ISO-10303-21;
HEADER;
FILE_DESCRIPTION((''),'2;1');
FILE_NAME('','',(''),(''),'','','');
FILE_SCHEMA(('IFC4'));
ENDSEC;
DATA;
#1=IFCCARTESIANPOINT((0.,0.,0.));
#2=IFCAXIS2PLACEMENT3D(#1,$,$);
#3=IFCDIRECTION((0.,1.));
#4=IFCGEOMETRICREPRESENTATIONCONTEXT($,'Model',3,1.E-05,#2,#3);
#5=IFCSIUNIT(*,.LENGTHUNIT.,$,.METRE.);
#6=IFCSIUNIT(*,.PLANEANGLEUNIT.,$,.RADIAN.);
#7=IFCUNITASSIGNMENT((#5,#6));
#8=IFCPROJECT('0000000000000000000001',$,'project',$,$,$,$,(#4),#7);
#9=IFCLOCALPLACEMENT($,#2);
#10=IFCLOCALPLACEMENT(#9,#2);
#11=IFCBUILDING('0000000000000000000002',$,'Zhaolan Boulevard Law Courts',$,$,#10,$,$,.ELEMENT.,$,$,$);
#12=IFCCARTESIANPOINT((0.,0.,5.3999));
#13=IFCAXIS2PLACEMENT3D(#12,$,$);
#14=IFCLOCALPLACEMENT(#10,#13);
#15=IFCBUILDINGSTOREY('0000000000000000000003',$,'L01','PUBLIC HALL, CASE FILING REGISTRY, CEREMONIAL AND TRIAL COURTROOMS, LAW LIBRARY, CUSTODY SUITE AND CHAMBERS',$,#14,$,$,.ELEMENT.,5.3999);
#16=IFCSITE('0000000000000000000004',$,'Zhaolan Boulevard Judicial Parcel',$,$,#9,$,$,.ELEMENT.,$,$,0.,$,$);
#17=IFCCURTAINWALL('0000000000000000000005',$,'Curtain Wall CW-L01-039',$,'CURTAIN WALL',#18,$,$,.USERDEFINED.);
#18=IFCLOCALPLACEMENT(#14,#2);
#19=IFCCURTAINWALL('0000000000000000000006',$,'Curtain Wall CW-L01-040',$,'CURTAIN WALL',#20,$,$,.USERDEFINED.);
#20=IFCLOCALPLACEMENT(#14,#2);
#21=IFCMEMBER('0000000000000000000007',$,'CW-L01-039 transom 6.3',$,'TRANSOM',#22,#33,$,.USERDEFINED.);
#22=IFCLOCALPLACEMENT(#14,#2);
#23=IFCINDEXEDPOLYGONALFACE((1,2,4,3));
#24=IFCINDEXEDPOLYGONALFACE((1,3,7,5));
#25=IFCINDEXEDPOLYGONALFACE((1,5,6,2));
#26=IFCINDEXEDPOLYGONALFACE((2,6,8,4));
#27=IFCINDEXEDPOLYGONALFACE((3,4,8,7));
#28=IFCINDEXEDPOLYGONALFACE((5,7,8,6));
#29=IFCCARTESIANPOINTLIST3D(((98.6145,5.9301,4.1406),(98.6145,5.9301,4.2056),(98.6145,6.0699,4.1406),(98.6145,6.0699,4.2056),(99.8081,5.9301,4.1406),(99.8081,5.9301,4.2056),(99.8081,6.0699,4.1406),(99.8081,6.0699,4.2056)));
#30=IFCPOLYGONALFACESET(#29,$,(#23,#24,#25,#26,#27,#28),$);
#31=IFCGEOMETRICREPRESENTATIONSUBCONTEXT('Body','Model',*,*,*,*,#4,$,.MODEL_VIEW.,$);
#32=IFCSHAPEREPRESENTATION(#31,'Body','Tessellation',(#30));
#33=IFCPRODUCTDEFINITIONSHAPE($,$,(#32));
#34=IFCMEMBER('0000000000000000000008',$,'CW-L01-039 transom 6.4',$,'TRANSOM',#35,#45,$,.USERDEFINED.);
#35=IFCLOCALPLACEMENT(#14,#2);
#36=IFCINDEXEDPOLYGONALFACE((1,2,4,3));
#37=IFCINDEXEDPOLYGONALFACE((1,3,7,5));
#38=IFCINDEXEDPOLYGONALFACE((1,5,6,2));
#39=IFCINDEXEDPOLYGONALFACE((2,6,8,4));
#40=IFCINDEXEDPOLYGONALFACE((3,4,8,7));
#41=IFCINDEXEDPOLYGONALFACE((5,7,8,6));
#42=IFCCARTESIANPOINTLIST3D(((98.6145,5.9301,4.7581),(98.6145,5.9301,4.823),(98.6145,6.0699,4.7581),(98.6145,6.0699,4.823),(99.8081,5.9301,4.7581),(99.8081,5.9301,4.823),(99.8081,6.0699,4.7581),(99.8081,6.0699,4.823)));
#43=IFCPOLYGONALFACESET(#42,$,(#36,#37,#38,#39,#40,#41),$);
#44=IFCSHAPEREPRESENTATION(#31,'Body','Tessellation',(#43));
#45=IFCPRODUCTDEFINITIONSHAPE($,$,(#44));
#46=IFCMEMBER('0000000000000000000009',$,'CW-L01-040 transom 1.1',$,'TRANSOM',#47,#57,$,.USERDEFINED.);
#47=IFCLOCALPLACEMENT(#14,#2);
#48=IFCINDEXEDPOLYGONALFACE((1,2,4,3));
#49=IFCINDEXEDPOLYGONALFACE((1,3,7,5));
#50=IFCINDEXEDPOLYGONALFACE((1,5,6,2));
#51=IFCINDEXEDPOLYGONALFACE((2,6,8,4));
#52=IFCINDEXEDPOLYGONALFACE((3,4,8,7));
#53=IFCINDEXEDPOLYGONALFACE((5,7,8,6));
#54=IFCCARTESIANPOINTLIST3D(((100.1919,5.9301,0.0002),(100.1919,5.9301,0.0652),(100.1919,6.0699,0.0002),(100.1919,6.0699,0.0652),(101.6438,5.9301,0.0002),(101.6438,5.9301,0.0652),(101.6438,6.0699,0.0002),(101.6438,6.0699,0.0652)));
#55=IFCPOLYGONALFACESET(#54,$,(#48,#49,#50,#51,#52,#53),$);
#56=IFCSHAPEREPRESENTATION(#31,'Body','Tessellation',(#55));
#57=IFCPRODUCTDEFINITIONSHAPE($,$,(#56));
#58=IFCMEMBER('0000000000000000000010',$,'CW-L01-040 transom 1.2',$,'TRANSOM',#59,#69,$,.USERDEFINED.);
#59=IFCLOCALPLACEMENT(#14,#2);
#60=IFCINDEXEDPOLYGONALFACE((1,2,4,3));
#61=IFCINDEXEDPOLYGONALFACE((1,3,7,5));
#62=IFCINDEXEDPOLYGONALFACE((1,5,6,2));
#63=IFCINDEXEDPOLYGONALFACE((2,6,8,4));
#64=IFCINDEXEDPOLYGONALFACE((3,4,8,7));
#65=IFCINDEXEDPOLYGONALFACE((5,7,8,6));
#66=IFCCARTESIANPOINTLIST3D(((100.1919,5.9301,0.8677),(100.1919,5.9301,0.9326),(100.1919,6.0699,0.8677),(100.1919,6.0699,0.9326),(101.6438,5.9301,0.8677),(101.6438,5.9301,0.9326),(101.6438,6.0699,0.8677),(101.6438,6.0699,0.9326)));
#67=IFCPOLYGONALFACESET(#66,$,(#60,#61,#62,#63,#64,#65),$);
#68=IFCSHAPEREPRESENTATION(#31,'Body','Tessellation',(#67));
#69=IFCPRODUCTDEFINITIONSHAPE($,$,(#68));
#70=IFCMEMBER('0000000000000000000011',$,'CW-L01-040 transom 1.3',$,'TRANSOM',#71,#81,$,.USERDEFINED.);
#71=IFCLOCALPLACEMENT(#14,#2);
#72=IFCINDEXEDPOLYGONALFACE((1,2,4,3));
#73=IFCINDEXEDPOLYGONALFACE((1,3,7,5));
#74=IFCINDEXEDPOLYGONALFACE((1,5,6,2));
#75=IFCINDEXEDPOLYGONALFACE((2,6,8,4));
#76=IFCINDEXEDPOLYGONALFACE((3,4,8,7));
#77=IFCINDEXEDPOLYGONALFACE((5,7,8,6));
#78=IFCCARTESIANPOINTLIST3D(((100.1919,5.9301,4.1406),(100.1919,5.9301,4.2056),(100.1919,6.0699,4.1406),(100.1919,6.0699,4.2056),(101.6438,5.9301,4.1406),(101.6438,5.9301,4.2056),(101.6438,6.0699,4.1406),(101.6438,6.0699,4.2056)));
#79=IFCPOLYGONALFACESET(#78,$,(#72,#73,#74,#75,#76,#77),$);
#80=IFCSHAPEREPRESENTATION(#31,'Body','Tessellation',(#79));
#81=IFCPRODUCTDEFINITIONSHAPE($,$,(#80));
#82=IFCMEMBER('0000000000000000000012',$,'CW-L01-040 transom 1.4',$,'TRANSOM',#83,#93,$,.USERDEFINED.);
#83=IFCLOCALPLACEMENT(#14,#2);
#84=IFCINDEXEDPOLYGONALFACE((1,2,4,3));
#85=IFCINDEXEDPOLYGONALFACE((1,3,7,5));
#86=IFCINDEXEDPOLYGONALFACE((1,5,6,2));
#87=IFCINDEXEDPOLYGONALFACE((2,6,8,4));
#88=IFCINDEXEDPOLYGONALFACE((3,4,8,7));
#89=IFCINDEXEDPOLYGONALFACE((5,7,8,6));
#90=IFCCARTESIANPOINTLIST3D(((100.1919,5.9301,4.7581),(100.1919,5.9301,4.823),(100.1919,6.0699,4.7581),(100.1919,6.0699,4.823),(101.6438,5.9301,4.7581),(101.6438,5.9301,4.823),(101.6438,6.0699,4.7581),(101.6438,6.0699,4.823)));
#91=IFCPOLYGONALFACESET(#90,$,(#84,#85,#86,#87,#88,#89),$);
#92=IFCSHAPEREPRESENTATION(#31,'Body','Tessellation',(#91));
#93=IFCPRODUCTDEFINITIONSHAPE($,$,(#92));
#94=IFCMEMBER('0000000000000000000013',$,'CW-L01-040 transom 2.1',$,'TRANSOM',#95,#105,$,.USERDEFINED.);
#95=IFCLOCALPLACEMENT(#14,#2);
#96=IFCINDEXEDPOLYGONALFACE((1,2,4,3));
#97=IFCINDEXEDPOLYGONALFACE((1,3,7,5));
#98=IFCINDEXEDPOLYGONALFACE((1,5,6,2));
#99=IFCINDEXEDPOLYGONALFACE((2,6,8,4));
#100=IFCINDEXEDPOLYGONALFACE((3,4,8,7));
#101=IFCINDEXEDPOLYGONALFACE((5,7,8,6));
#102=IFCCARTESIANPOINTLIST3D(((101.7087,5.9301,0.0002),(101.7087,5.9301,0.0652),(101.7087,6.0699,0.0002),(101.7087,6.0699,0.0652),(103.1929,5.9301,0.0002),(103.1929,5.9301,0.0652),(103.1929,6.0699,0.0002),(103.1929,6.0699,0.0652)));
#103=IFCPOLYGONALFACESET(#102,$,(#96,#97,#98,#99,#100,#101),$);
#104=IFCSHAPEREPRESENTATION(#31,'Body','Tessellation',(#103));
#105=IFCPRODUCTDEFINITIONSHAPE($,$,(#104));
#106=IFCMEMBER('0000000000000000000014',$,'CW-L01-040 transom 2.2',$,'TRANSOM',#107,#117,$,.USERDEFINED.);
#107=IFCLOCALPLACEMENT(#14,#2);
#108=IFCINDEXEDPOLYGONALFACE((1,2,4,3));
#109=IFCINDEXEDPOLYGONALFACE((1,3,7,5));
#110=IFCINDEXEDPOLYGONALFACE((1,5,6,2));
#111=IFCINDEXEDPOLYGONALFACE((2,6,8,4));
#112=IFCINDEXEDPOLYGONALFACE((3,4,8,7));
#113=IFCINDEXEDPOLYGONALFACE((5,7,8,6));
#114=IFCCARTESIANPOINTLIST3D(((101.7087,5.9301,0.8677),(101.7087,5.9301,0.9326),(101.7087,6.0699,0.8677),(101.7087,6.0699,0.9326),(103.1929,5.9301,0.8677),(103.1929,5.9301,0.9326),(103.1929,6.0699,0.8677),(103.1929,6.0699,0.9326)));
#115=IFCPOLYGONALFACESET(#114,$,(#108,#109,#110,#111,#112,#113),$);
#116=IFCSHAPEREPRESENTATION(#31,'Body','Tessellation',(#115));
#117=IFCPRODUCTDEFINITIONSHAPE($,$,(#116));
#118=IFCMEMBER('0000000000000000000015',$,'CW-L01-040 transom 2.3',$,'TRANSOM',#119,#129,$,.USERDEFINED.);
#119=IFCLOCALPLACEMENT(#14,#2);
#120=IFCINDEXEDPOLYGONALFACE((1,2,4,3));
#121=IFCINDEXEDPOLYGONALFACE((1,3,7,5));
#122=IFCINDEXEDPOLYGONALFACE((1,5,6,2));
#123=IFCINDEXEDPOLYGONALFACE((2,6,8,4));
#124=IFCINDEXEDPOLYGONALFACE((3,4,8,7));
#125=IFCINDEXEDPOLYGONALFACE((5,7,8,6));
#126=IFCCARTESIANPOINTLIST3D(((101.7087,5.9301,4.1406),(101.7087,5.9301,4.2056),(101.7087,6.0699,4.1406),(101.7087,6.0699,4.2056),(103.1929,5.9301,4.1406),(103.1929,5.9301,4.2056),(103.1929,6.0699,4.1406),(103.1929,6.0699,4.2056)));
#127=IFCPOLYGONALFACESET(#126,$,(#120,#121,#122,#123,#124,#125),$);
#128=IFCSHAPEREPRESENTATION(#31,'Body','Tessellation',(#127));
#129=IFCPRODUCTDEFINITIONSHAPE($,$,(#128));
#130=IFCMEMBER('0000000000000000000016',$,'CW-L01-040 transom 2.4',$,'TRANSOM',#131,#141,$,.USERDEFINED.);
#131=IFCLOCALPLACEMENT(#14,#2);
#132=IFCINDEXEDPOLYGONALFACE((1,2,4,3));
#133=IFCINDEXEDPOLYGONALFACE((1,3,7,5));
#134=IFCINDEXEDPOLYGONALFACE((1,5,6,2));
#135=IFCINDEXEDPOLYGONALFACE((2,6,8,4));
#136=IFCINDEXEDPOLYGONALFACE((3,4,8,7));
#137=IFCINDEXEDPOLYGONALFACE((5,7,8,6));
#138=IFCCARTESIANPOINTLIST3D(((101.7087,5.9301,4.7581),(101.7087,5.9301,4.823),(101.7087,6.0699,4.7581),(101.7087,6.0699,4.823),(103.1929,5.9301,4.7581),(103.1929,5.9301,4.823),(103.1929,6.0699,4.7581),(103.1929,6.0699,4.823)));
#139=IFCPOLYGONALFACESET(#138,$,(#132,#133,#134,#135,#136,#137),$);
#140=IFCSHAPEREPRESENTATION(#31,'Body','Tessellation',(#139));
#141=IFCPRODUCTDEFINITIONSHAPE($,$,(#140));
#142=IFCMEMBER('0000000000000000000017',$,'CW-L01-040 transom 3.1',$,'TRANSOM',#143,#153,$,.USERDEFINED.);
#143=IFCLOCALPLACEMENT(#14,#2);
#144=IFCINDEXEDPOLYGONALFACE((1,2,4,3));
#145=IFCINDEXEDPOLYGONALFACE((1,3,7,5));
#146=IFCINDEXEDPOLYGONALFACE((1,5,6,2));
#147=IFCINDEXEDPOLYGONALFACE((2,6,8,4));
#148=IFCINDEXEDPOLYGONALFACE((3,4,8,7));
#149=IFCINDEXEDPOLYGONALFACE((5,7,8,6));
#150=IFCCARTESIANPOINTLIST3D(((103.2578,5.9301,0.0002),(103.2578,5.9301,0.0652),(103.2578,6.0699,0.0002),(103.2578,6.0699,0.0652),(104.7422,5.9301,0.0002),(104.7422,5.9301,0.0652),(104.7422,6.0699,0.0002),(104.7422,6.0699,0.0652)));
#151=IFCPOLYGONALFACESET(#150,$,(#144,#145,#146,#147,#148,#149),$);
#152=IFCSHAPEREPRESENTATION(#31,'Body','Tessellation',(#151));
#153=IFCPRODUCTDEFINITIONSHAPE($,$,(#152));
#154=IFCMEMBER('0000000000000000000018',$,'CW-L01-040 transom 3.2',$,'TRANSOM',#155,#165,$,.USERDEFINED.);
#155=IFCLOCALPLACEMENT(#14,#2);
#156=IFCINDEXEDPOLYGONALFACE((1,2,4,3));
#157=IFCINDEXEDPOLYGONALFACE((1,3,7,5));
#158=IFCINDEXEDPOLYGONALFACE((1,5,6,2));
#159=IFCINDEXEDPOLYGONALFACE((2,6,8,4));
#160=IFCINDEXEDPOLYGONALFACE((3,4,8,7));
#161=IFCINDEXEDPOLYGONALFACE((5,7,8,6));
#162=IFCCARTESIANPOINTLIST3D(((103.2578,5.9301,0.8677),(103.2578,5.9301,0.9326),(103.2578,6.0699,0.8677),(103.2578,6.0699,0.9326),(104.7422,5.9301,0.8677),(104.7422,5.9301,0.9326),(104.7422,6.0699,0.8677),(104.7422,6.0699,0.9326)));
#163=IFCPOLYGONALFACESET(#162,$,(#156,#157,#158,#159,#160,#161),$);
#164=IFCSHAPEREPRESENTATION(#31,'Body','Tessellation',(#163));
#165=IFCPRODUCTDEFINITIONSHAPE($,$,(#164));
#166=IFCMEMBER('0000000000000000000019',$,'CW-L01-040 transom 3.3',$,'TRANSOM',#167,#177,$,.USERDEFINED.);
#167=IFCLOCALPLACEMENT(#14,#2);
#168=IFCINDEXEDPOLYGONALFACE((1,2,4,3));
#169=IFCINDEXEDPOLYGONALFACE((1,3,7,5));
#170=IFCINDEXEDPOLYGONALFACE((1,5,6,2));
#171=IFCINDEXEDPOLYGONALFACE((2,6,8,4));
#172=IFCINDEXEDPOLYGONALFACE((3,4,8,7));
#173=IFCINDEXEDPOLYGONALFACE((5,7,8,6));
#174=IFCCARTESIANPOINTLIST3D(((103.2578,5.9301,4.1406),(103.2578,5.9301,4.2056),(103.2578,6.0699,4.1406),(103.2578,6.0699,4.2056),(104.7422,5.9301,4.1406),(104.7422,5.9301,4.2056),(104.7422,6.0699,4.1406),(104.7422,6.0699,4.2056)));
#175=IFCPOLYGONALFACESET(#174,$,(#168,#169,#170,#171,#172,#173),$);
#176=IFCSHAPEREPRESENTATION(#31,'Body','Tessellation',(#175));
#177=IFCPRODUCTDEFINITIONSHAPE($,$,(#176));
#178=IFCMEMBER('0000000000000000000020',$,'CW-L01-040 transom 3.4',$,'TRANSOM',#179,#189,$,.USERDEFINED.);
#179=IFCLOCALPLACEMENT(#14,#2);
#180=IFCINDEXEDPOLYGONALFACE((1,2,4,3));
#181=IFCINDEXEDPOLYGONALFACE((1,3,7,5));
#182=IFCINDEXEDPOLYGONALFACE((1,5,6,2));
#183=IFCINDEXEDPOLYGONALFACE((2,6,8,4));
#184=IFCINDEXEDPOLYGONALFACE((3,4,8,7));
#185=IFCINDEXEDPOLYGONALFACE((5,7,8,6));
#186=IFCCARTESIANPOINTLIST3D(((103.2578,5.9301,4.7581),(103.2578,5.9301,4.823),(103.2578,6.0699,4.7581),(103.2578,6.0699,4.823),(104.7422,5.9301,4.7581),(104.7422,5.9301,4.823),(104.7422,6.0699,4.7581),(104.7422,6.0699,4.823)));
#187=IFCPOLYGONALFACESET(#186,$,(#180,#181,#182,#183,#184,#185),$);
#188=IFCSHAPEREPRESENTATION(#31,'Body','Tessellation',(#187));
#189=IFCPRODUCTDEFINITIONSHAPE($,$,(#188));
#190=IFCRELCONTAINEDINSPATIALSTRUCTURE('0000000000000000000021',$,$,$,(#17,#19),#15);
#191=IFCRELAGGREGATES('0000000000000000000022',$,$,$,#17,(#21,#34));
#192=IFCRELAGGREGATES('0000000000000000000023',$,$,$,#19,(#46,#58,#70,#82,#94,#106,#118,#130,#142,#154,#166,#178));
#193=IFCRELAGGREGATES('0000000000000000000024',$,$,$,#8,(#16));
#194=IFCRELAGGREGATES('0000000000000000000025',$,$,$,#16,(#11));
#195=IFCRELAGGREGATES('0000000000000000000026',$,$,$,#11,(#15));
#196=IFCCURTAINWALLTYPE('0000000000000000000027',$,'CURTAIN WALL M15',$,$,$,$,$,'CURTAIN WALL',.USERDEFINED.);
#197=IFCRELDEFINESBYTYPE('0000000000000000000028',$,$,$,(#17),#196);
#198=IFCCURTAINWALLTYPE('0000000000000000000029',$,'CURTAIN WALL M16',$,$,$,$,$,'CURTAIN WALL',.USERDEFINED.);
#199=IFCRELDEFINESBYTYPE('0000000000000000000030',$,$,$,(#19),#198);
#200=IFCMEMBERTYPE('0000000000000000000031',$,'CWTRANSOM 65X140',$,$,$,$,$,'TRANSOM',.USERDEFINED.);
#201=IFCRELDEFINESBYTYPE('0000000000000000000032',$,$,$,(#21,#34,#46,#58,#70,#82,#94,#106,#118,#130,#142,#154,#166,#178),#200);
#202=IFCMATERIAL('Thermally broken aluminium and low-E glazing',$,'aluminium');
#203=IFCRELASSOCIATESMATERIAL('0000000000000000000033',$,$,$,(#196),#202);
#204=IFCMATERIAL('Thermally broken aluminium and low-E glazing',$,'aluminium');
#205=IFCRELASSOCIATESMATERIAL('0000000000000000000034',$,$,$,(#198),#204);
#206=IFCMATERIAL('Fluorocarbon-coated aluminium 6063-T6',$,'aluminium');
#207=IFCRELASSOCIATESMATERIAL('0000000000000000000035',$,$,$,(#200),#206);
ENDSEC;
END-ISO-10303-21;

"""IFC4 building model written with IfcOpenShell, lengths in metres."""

from ifc_helpers import new_model, si_unit, direction, frame, origin, origin_2d, place, context, subcontext, project, spatial, rectangle, extrude, material, material_profile, profile_set, type_object, element, aggregate, save


model = new_model("IFC4")

# Units and contexts
model_context = context("Model", 3, precision=1e-05, world=origin(), true_north=direction((0.0, 1.0)))
body_context = subcontext(model_context, "Body", "Model", "MODEL_VIEW")
ifc_project = project(units=[si_unit("LENGTHUNIT", "METRE"), si_unit("PLANEANGLEUNIT", "RADIAN")], contexts=[model_context])

# Site, building, storey
site_placement = place(None, origin())
site = spatial("IfcSite", under=ifc_project, at=site_placement, Name="Zhaolan Boulevard Judicial Parcel", CompositionType="ELEMENT", RefElevation=0.0)
building_placement = place(site_placement, origin())
building = spatial("IfcBuilding", under=site, at=building_placement, Name="Zhaolan Boulevard Law Courts", CompositionType="ELEMENT")
storey_placement = place(building_placement, frame((0.0, 0.0, 5.3999)))
storey = spatial("IfcBuildingStorey", under=building, at=storey_placement, Name="L01", Description="PUBLIC HALL, CASE FILING REGISTRY, CEREMONIAL AND TRIAL COURTROOMS, LAW LIBRARY, CUSTODY SUITE AND CHAMBERS", CompositionType="ELEMENT", Elevation=5.3999)

# Curtain walls
ifc_material_1 = material(Name="Thermally broken aluminium and low-E glazing", Category="aluminium")
curtain_wall_type_1 = type_object("IfcCurtainWallType", Name="CURTAIN WALL M15", ElementType="CURTAIN WALL", PredefinedType="USERDEFINED", material=ifc_material_1)
curtain_wall_1_placement = place(storey_placement, origin())
curtain_wall_1 = element("IfcCurtainWall", 1, at=curtain_wall_1_placement, inside=storey, type_object=curtain_wall_type_1, Name="Curtain Wall CW-L01-039", ObjectType="CURTAIN WALL", PredefinedType="USERDEFINED")
ifc_material_2 = material(Name="Thermally broken aluminium and low-E glazing", Category="aluminium")
curtain_wall_type_2 = type_object("IfcCurtainWallType", Name="CURTAIN WALL M16", ElementType="CURTAIN WALL", PredefinedType="USERDEFINED", material=ifc_material_2)
curtain_wall_2_placement = place(storey_placement, origin())
curtain_wall_2 = element("IfcCurtainWall", 2, at=curtain_wall_2_placement, inside=storey, type_object=curtain_wall_type_2, Name="Curtain Wall CW-L01-040", ObjectType="CURTAIN WALL", PredefinedType="USERDEFINED")

# Members
ifc_material_3 = material(Name="Fluorocarbon-coated aluminium 6063-T6", Category="aluminium")
ifc_material_profile_1 = material_profile(ifc_material_3, rectangle(XDim=0.1399, YDim=0.0649, at=origin_2d()), Name="AL65x140")
ifc_profile_set_1 = profile_set([ifc_material_profile_1], Name="Fluorocarbon-coated aluminium 6063-T6")
member_type_1 = type_object("IfcMemberType", Name="CWTRANSOM 65X140", ElementType="TRANSOM", PredefinedType="USERDEFINED", material=ifc_profile_set_1)
member_1_placement = place(storey_placement, frame((98.6145, 6.0, 4.1731), z_axis=(1.0, 0.0, 0.0), x_axis=(0.0, 1.0, 0.0)))
member_1 = element("IfcMember", 3, at=member_1_placement, type_object=member_type_1, Name="CW-L01-039 transom 6.3", ObjectType="TRANSOM", PredefinedType="USERDEFINED", context=body_context, shape_type="SweptSolid", body=[
    extrude(rectangle(XDim=0.1399, YDim=0.0649, at=origin_2d()), origin(), (0.0, 0.0, 1.0), 1.1936),
])
member_2_placement = place(storey_placement, frame((98.6145, 6.0, 4.7905), z_axis=(1.0, 0.0, 0.0), x_axis=(0.0, 1.0, 0.0)))
member_2 = element("IfcMember", 4, at=member_2_placement, type_object=member_type_1, Name="CW-L01-039 transom 6.4", ObjectType="TRANSOM", PredefinedType="USERDEFINED", context=body_context, shape_type="SweptSolid", body=[
    extrude(rectangle(XDim=0.1399, YDim=0.0649, at=origin_2d()), origin(), (0.0, 0.0, 1.0), 1.1936),
])
member_3_placement = place(storey_placement, frame((100.1919, 6.0, 0.0327), z_axis=(1.0, 0.0, 0.0), x_axis=(0.0, 1.0, 0.0)))
member_3 = element("IfcMember", 5, at=member_3_placement, type_object=member_type_1, Name="CW-L01-040 transom 1.1", ObjectType="TRANSOM", PredefinedType="USERDEFINED", context=body_context, shape_type="SweptSolid", body=[
    extrude(rectangle(XDim=0.1399, YDim=0.0649, at=origin_2d()), origin(), (0.0, 0.0, 1.0), 1.4519),
])
member_4_placement = place(storey_placement, frame((100.1919, 6.0, 0.9001), z_axis=(1.0, 0.0, 0.0), x_axis=(0.0, 1.0, 0.0)))
member_4 = element("IfcMember", 6, at=member_4_placement, type_object=member_type_1, Name="CW-L01-040 transom 1.2", ObjectType="TRANSOM", PredefinedType="USERDEFINED", context=body_context, shape_type="SweptSolid", body=[
    extrude(rectangle(XDim=0.1399, YDim=0.0649, at=origin_2d()), origin(), (0.0, 0.0, 1.0), 1.4519),
])
member_5_placement = place(storey_placement, frame((100.1919, 6.0, 4.1731), z_axis=(1.0, 0.0, 0.0), x_axis=(0.0, 1.0, 0.0)))
member_5 = element("IfcMember", 7, at=member_5_placement, type_object=member_type_1, Name="CW-L01-040 transom 1.3", ObjectType="TRANSOM", PredefinedType="USERDEFINED", context=body_context, shape_type="SweptSolid", body=[
    extrude(rectangle(XDim=0.1399, YDim=0.0649, at=origin_2d()), origin(), (0.0, 0.0, 1.0), 1.4519),
])
member_6_placement = place(storey_placement, frame((100.1919, 6.0, 4.7905), z_axis=(1.0, 0.0, 0.0), x_axis=(0.0, 1.0, 0.0)))
member_6 = element("IfcMember", 8, at=member_6_placement, type_object=member_type_1, Name="CW-L01-040 transom 1.4", ObjectType="TRANSOM", PredefinedType="USERDEFINED", context=body_context, shape_type="SweptSolid", body=[
    extrude(rectangle(XDim=0.1399, YDim=0.0649, at=origin_2d()), origin(), (0.0, 0.0, 1.0), 1.4519),
])
member_7_placement = place(storey_placement, frame((101.7087, 6.0, 0.0327), z_axis=(1.0, 0.0, 0.0), x_axis=(0.0, 1.0, 0.0)))
member_7 = element("IfcMember", 9, at=member_7_placement, type_object=member_type_1, Name="CW-L01-040 transom 2.1", ObjectType="TRANSOM", PredefinedType="USERDEFINED", context=body_context, shape_type="SweptSolid", body=[
    extrude(rectangle(XDim=0.1399, YDim=0.0649, at=origin_2d()), origin(), (0.0, 0.0, 1.0), 1.4841),
])
member_8_placement = place(storey_placement, frame((101.7087, 6.0, 0.9001), z_axis=(1.0, 0.0, 0.0), x_axis=(0.0, 1.0, 0.0)))
member_8 = element("IfcMember", 10, at=member_8_placement, type_object=member_type_1, Name="CW-L01-040 transom 2.2", ObjectType="TRANSOM", PredefinedType="USERDEFINED", context=body_context, shape_type="SweptSolid", body=[
    extrude(rectangle(XDim=0.1399, YDim=0.0649, at=origin_2d()), origin(), (0.0, 0.0, 1.0), 1.4841),
])
member_9_placement = place(storey_placement, frame((101.7087, 6.0, 4.1731), z_axis=(1.0, 0.0, 0.0), x_axis=(0.0, 1.0, 0.0)))
member_9 = element("IfcMember", 11, at=member_9_placement, type_object=member_type_1, Name="CW-L01-040 transom 2.3", ObjectType="TRANSOM", PredefinedType="USERDEFINED", context=body_context, shape_type="SweptSolid", body=[
    extrude(rectangle(XDim=0.1399, YDim=0.0649, at=origin_2d()), origin(), (0.0, 0.0, 1.0), 1.4841),
])
member_10_placement = place(storey_placement, frame((101.7087, 6.0, 4.7905), z_axis=(1.0, 0.0, 0.0), x_axis=(0.0, 1.0, 0.0)))
member_10 = element("IfcMember", 12, at=member_10_placement, type_object=member_type_1, Name="CW-L01-040 transom 2.4", ObjectType="TRANSOM", PredefinedType="USERDEFINED", context=body_context, shape_type="SweptSolid", body=[
    extrude(rectangle(XDim=0.1399, YDim=0.0649, at=origin_2d()), origin(), (0.0, 0.0, 1.0), 1.4841),
])
member_11_placement = place(storey_placement, frame((103.2578, 6.0, 0.0327), z_axis=(1.0, 0.0, 0.0), x_axis=(0.0, 1.0, 0.0)))
member_11 = element("IfcMember", 13, at=member_11_placement, type_object=member_type_1, Name="CW-L01-040 transom 3.1", ObjectType="TRANSOM", PredefinedType="USERDEFINED", context=body_context, shape_type="SweptSolid", body=[
    extrude(rectangle(XDim=0.1399, YDim=0.0649, at=origin_2d()), origin(), (0.0, 0.0, 1.0), 1.4844),
])
member_12_placement = place(storey_placement, frame((103.2578, 6.0, 0.9001), z_axis=(1.0, 0.0, 0.0), x_axis=(0.0, 1.0, 0.0)))
member_12 = element("IfcMember", 14, at=member_12_placement, type_object=member_type_1, Name="CW-L01-040 transom 3.2", ObjectType="TRANSOM", PredefinedType="USERDEFINED", context=body_context, shape_type="SweptSolid", body=[
    extrude(rectangle(XDim=0.1399, YDim=0.0649, at=origin_2d()), origin(), (0.0, 0.0, 1.0), 1.4844),
])
member_13_placement = place(storey_placement, frame((103.2578, 6.0, 4.1731), z_axis=(1.0, 0.0, 0.0), x_axis=(0.0, 1.0, 0.0)))
member_13 = element("IfcMember", 15, at=member_13_placement, type_object=member_type_1, Name="CW-L01-040 transom 3.3", ObjectType="TRANSOM", PredefinedType="USERDEFINED", context=body_context, shape_type="SweptSolid", body=[
    extrude(rectangle(XDim=0.1399, YDim=0.0649, at=origin_2d()), origin(), (0.0, 0.0, 1.0), 1.4844),
])
member_14_placement = place(storey_placement, frame((103.2578, 6.0, 4.7905), z_axis=(1.0, 0.0, 0.0), x_axis=(0.0, 1.0, 0.0)))
member_14 = element("IfcMember", 16, at=member_14_placement, type_object=member_type_1, Name="CW-L01-040 transom 3.4", ObjectType="TRANSOM", PredefinedType="USERDEFINED", context=body_context, shape_type="SweptSolid", body=[
    extrude(rectangle(XDim=0.1399, YDim=0.0649, at=origin_2d()), origin(), (0.0, 0.0, 1.0), 1.4844),
])

aggregate(curtain_wall_1, [member_1, member_2])
aggregate(curtain_wall_2, [member_3, member_4, member_5, member_6, member_7, member_8, member_9, member_10, member_11, member_12, member_13, member_14])

save(model, "model.ifc")
